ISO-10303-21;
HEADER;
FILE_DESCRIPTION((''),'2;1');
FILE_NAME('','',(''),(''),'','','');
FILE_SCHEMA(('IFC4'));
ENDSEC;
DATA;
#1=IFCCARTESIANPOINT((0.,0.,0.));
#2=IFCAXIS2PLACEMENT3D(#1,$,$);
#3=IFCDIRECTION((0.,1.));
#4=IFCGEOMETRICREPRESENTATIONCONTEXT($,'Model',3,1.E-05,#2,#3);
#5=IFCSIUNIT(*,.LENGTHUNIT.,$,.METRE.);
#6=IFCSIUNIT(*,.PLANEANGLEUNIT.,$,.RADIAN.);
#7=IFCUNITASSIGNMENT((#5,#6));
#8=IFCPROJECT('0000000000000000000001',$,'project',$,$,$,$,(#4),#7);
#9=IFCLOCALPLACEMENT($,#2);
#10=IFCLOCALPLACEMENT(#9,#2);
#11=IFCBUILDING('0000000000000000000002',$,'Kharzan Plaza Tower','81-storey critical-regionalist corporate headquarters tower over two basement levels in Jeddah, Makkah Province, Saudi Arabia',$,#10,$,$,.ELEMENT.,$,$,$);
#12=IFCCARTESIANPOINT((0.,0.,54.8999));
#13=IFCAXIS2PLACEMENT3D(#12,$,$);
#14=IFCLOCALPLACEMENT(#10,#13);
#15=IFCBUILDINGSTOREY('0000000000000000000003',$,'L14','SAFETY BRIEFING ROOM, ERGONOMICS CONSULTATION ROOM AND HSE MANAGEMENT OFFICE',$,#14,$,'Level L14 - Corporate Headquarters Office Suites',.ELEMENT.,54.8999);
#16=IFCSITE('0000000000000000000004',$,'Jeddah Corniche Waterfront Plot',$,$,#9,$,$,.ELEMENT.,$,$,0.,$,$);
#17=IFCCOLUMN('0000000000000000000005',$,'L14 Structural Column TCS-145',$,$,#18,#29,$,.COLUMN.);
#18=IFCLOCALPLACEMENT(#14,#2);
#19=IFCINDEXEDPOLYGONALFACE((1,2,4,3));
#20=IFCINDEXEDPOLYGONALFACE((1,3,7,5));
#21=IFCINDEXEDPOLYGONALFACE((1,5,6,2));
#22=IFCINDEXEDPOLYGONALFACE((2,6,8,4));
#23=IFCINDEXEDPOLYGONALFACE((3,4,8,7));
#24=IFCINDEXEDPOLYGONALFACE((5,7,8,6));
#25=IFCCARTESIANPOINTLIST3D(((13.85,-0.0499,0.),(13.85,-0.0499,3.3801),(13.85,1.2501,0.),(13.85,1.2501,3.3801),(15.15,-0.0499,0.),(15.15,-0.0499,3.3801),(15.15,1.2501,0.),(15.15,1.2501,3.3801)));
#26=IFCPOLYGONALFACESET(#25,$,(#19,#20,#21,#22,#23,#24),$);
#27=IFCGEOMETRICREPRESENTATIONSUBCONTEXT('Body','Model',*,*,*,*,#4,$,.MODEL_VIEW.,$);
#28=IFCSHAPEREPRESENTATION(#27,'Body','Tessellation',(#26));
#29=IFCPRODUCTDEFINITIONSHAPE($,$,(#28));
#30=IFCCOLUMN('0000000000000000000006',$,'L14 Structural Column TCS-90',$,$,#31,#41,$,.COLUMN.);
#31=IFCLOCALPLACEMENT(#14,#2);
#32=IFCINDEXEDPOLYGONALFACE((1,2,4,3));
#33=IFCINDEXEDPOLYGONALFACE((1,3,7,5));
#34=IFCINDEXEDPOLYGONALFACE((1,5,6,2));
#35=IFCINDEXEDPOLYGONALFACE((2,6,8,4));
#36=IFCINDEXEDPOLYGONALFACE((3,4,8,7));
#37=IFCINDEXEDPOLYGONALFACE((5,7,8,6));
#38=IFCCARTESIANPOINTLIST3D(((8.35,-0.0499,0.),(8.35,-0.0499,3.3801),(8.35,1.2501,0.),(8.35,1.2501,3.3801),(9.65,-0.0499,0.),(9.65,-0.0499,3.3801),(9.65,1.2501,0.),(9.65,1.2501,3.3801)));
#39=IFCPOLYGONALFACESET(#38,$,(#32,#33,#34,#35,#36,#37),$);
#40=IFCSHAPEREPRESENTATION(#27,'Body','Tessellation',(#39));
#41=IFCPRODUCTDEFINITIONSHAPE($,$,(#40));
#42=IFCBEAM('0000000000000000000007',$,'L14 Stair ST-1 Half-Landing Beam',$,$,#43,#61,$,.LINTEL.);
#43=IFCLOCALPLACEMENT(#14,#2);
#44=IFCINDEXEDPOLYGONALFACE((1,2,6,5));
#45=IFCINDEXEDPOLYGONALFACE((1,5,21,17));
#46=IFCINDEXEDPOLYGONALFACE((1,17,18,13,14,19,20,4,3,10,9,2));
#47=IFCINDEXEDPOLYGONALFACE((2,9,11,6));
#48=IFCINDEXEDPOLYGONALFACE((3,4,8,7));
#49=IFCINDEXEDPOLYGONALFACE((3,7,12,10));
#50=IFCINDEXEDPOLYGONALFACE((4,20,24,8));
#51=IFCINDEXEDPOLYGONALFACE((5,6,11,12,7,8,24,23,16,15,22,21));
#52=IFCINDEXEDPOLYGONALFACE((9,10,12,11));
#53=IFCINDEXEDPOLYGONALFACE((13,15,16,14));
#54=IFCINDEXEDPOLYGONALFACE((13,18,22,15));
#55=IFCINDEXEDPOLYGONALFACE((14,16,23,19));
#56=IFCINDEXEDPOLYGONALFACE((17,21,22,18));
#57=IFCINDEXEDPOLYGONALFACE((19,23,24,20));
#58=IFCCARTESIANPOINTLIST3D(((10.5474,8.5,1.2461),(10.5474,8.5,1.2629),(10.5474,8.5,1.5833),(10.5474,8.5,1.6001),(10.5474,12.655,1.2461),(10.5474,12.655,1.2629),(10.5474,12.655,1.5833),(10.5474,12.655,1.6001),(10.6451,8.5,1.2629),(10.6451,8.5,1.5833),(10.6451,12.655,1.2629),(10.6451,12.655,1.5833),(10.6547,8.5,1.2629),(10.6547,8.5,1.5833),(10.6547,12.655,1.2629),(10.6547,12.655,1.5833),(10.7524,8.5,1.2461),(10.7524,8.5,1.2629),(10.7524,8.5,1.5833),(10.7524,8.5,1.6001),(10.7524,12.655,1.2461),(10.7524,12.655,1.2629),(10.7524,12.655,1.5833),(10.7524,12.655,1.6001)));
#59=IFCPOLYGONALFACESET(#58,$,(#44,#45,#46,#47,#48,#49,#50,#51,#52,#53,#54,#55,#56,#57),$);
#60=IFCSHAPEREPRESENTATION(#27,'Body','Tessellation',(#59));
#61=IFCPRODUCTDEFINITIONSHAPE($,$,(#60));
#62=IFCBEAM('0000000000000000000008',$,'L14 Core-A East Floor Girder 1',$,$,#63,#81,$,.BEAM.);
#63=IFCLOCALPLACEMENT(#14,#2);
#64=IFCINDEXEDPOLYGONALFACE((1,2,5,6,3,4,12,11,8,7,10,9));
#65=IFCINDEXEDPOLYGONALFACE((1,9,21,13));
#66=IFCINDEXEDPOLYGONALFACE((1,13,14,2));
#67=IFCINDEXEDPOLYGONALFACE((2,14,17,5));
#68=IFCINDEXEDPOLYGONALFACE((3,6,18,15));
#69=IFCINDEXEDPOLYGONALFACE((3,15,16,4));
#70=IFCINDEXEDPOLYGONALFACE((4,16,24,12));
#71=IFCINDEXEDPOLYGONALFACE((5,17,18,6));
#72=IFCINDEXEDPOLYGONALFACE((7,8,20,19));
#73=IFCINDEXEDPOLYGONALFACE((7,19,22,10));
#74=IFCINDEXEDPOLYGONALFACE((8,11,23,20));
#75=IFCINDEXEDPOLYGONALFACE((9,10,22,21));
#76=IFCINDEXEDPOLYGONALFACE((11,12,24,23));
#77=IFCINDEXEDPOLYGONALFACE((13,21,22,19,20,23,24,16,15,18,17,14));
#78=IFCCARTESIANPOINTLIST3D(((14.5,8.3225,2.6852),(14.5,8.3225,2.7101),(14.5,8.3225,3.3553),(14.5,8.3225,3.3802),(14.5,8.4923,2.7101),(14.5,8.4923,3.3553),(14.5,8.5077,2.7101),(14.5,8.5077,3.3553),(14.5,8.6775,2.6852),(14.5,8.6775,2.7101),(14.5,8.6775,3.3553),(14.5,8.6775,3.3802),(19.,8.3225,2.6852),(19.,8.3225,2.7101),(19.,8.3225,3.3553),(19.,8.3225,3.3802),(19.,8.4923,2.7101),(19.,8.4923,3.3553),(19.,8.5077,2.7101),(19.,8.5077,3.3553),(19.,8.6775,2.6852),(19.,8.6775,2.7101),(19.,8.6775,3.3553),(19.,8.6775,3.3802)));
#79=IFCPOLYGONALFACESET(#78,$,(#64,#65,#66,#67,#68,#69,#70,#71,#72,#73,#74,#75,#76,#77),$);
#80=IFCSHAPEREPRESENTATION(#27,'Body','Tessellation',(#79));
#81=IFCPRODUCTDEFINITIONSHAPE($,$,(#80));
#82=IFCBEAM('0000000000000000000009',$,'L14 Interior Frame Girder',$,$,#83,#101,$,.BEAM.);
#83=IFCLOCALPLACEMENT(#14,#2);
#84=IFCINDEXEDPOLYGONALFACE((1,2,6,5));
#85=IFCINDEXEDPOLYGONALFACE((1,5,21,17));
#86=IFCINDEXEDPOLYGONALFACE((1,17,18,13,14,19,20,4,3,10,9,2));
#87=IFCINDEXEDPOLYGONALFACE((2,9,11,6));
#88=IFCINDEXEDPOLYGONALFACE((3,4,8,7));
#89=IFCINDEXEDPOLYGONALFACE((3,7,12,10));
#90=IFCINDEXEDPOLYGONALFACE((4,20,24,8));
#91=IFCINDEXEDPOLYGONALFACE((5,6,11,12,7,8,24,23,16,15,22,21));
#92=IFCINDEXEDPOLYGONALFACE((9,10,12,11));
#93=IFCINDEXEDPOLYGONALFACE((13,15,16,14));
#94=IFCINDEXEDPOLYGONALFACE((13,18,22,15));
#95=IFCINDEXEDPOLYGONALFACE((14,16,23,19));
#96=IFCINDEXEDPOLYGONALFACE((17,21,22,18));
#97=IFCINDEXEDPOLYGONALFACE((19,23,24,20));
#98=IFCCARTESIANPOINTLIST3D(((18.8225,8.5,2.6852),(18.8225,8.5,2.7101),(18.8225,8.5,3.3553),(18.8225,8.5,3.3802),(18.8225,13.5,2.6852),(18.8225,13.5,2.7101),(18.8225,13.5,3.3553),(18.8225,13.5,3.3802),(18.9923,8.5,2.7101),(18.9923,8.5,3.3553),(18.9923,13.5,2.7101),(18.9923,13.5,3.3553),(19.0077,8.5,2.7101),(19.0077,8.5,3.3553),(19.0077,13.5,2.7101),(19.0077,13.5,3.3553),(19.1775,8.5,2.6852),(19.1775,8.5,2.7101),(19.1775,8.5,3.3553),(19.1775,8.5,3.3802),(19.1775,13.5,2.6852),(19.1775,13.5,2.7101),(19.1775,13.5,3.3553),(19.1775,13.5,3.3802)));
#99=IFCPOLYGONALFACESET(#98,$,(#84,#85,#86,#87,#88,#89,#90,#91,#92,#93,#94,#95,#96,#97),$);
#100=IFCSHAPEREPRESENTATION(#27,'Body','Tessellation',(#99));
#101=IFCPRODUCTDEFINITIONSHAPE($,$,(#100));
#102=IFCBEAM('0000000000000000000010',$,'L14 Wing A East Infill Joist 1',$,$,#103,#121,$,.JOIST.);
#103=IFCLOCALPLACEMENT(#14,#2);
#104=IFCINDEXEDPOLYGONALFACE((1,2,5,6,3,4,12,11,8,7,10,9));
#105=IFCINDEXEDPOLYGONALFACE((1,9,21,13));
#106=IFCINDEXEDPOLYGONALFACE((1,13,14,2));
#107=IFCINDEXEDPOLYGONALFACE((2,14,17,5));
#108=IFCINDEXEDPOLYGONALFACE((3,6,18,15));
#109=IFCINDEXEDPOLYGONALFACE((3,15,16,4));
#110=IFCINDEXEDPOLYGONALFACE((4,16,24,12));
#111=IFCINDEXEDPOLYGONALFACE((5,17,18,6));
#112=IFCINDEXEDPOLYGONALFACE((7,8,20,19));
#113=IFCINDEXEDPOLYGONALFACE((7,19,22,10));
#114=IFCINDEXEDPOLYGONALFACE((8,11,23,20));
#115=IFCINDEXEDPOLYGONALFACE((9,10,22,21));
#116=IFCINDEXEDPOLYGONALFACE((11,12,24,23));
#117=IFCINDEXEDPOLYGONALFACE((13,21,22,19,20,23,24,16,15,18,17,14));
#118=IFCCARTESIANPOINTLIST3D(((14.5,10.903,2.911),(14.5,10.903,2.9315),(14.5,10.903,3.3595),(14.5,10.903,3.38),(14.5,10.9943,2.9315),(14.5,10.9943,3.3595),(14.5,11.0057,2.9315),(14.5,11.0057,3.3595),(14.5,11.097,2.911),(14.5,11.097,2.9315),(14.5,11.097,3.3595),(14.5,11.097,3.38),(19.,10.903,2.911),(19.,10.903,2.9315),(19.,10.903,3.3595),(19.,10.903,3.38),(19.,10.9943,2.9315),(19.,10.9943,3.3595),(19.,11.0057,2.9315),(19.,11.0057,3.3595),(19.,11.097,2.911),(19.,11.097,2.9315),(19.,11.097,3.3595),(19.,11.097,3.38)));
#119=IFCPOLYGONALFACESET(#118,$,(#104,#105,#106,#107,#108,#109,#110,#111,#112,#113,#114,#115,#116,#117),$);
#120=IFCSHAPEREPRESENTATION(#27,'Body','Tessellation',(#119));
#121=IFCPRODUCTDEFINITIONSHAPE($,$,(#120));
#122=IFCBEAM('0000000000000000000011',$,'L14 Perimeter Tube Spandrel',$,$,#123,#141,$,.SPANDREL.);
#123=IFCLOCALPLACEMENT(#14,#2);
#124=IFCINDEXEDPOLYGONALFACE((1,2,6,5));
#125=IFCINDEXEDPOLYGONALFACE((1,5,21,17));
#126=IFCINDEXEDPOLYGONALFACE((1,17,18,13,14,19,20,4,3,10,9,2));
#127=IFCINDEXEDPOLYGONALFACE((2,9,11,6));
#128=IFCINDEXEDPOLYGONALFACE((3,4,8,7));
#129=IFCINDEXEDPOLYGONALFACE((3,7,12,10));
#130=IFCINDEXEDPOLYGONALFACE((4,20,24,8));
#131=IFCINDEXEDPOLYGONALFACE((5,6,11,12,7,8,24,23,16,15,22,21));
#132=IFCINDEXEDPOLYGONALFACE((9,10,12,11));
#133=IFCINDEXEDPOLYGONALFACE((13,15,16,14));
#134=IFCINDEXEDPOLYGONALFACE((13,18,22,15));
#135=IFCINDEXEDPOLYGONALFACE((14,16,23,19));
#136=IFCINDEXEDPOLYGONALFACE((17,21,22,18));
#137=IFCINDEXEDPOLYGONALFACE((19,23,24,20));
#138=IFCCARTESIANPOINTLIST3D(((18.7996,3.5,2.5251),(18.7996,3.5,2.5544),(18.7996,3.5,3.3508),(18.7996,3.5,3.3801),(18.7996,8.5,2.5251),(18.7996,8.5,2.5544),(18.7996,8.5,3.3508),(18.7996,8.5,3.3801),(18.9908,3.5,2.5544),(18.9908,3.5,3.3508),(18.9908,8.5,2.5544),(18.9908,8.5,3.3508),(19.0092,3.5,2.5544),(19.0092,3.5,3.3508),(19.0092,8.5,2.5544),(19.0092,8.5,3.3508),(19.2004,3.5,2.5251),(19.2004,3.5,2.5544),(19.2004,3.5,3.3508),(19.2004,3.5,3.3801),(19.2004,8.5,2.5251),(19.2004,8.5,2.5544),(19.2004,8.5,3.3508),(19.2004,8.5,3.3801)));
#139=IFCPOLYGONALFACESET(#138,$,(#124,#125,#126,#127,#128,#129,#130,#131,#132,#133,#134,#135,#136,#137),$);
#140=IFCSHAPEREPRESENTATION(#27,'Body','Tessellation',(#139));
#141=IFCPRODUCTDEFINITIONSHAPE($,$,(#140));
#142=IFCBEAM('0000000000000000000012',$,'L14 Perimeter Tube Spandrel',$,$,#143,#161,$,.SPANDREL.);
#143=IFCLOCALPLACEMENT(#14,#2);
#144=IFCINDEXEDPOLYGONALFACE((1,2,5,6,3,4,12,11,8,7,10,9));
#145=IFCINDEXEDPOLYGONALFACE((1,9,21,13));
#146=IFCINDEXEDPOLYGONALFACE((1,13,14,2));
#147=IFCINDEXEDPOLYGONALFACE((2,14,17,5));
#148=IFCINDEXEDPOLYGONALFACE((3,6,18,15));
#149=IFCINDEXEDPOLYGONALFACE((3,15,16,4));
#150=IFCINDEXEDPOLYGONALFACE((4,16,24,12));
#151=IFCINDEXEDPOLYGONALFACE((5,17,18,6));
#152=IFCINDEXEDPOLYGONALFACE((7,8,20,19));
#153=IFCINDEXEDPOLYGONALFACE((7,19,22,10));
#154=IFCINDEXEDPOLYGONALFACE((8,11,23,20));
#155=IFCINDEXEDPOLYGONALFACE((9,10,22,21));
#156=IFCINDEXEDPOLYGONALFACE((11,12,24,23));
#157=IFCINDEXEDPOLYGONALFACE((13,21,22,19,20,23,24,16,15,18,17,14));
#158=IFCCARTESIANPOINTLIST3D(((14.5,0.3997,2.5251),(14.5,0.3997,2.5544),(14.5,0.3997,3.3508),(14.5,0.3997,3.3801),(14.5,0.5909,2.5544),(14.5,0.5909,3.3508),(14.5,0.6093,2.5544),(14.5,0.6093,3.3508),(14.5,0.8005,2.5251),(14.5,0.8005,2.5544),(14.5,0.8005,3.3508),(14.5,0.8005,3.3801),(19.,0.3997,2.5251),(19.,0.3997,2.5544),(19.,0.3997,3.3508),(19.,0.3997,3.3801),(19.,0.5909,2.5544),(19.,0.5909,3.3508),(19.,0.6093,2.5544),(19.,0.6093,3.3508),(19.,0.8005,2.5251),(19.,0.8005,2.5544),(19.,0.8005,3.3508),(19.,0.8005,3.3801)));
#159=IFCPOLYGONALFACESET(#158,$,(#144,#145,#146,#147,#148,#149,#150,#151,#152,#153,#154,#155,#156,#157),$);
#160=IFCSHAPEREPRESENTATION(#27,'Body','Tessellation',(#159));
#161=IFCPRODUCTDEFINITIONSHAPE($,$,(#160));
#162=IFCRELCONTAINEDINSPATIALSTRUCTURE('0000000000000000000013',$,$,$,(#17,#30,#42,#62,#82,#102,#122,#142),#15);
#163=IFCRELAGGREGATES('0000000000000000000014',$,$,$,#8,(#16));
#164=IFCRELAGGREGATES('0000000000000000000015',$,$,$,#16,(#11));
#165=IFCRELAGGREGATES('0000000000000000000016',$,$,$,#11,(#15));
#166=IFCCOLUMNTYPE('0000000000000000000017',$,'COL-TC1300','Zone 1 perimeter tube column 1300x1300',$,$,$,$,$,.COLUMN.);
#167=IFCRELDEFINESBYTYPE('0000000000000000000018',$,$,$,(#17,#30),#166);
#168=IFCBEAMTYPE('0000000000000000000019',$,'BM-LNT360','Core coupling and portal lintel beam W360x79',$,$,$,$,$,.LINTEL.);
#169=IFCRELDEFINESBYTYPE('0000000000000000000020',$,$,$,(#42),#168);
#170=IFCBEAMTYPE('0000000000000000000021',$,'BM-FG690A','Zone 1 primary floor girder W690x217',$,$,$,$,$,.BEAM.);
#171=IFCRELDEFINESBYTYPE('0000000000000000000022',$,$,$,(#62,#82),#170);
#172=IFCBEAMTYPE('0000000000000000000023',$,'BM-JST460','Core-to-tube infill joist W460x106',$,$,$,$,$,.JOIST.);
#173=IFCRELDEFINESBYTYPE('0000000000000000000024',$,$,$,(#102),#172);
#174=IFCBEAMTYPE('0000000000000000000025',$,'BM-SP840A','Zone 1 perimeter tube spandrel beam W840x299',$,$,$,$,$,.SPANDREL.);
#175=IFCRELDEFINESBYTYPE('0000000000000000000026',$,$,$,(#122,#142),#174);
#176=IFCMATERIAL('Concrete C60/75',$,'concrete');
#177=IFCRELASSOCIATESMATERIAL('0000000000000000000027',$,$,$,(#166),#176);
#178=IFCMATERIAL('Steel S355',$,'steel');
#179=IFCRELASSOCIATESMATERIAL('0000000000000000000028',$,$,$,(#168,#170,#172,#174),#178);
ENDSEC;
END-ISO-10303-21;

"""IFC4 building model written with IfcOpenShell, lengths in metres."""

from ifc_helpers import new_model, si_unit, direction, frame, origin, origin_2d, place, context, subcontext, project, spatial, rectangle, i_section, extrude, source, transform, mapped, material, material_profile, profile_set, type_object, element, save


model = new_model("IFC4")

# Units and contexts
model_context = context("Model", 3, precision=1e-05, world=origin(), true_north=direction((0.0, 1.0)))
body_context = subcontext(model_context, "Body", "Model", "MODEL_VIEW")
ifc_project = project(units=[si_unit("LENGTHUNIT", "METRE"), si_unit("PLANEANGLEUNIT", "RADIAN")], contexts=[model_context])

# Site, building, storey
site_placement = place(None, origin())
site = spatial("IfcSite", under=ifc_project, at=site_placement, Name="Jeddah Corniche Waterfront Plot", CompositionType="ELEMENT", RefElevation=0.0)
building_placement = place(site_placement, origin())
building = spatial("IfcBuilding", under=site, at=building_placement, Name="Kharzan Plaza Tower", Description="81-storey critical-regionalist corporate headquarters tower over two basement levels in Jeddah, Makkah Province, Saudi Arabia", CompositionType="ELEMENT")
storey_placement = place(building_placement, frame((0.0, 0.0, 54.8999)))
storey = spatial("IfcBuildingStorey", under=building, at=storey_placement, Name="L14", Description="SAFETY BRIEFING ROOM, ERGONOMICS CONSULTATION ROOM AND HSE MANAGEMENT OFFICE", LongName="Level L14 - Corporate Headquarters Office Suites", CompositionType="ELEMENT", Elevation=54.8999)

# Columns
ifc_material_1 = material(Name="Concrete C60/75", Category="concrete")
ifc_material_profile_1 = material_profile(ifc_material_1, rectangle(XDim=1.3, YDim=1.3, at=origin_2d()), Name="RC-TC1300x1300")
ifc_profile_set_1 = profile_set([ifc_material_profile_1], Name="Concrete C60/75")
column_type = type_object("IfcColumnType", Name="COL-TC1300", Description="Zone 1 perimeter tube column 1300x1300", PredefinedType="COLUMN", material=ifc_profile_set_1)
shared_shape_1 = source(origin(), body_context, "Body", "SweptSolid", [
    extrude(rectangle(XDim=1.3, YDim=1.3, at=origin_2d()), origin(), (0.0, 0.0, 1.0), 3.3801),
])
for number, where, z_axis, x_axis, name in (
    (1, (14.5, 0.6001, 0.0), (0.0, 0.0, 1.0), (1.0, 0.0, 0.0), "L14 Structural Column TCS-145"),
    (2, (9.0, 0.6001, 0.0), (0.0, 0.0, 1.0), (1.0, 0.0, 0.0), "L14 Structural Column TCS-90"),
):
    element("IfcColumn", number, at=place(storey_placement, frame(where, z_axis=z_axis, x_axis=x_axis)), inside=storey, type_object=column_type, Name=name, PredefinedType="COLUMN", context=body_context, shape_type="MappedRepresentation", body=[
        mapped(shared_shape_1, transform((0.0, 0.0, 0.0), x_axis=(1.0, 0.0, 0.0), y_axis=(0.0, 1.0, 0.0), z_axis=(0.0, 0.0, 1.0))),
    ])

# Beams
ifc_material_2 = material(Name="Steel S355", Category="steel")
ifc_material_profile_2 = material_profile(ifc_material_2, i_section(OverallWidth=0.2051, OverallDepth=0.354, WebThickness=0.0095, FlangeThickness=0.0168, at=origin_2d()), Name="W360x79")
ifc_profile_set_2 = profile_set([ifc_material_profile_2], Name="Steel S355")
beam_type_1 = type_object("IfcBeamType", Name="BM-LNT360", Description="Core coupling and portal lintel beam W360x79", PredefinedType="LINTEL", material=ifc_profile_set_2)
shared_shape_2 = source(origin(), body_context, "Body", "SweptSolid", [
    extrude(i_section(OverallWidth=0.2051, OverallDepth=0.354, WebThickness=0.0095, FlangeThickness=0.0168, at=origin_2d()), origin(), (0.0, 0.0, 1.0), 4.155),
])
beam_1_placement = place(storey_placement, frame((10.6499, 8.5, 1.4231), z_axis=(0.0, 1.0, 0.0), x_axis=(-1.0, 0.0, 0.0)))
element("IfcBeam", 3, at=beam_1_placement, inside=storey, type_object=beam_type_1, Name="L14 Stair ST-1 Half-Landing Beam", PredefinedType="LINTEL", context=body_context, shape_type="MappedRepresentation", body=[
    mapped(shared_shape_2, transform((0.0, 0.0, 0.0), x_axis=(1.0, 0.0, 0.0), y_axis=(0.0, 1.0, 0.0), z_axis=(0.0, 0.0, 1.0))),
])
ifc_material_profile_3 = material_profile(ifc_material_2, i_section(OverallWidth=0.355, OverallDepth=0.6951, WebThickness=0.0154, FlangeThickness=0.0249, at=origin_2d()), Name="W690x217")
ifc_profile_set_3 = profile_set([ifc_material_profile_3], Name="Steel S355")
beam_type_2 = type_object("IfcBeamType", Name="BM-FG690A", Description="Zone 1 primary floor girder W690x217", PredefinedType="BEAM", material=ifc_profile_set_3)
shared_shape_3 = source(origin(), body_context, "Body", "SweptSolid", [
    extrude(i_section(OverallWidth=0.355, OverallDepth=0.6951, WebThickness=0.0154, FlangeThickness=0.0249, at=origin_2d()), origin(), (0.0, 0.0, 1.0), 4.5),
])
beam_2_placement = place(storey_placement, frame((14.5, 8.5, 3.0327), z_axis=(1.0, 0.0, 0.0), x_axis=(0.0, 1.0, 0.0)))
element("IfcBeam", 4, at=beam_2_placement, inside=storey, type_object=beam_type_2, Name="L14 Core-A East Floor Girder 1", PredefinedType="BEAM", context=body_context, shape_type="MappedRepresentation", body=[
    mapped(shared_shape_3, transform((0.0, 0.0, 0.0), x_axis=(1.0, 0.0, 0.0), y_axis=(0.0, 1.0, 0.0), z_axis=(0.0, 0.0, 1.0))),
])
shared_shape_4 = source(origin(), body_context, "Body", "SweptSolid", [
    extrude(i_section(OverallWidth=0.355, OverallDepth=0.6951, WebThickness=0.0154, FlangeThickness=0.0249, at=origin_2d()), origin(), (0.0, 0.0, 1.0), 5.0),
])
beam_3_placement = place(storey_placement, frame((19.0, 8.5, 3.0327), z_axis=(0.0, 1.0, 0.0), x_axis=(-1.0, 0.0, 0.0)))
element("IfcBeam", 5, at=beam_3_placement, inside=storey, type_object=beam_type_2, Name="L14 Interior Frame Girder", PredefinedType="BEAM", context=body_context, shape_type="MappedRepresentation", body=[
    mapped(shared_shape_4, transform((0.0, 0.0, 0.0), x_axis=(1.0, 0.0, 0.0), y_axis=(0.0, 1.0, 0.0), z_axis=(0.0, 0.0, 1.0))),
])
ifc_material_profile_4 = material_profile(ifc_material_2, i_section(OverallWidth=0.1941, OverallDepth=0.469, WebThickness=0.0115, FlangeThickness=0.0205, at=origin_2d()), Name="W460x106")
ifc_profile_set_4 = profile_set([ifc_material_profile_4], Name="Steel S355")
beam_type_3 = type_object("IfcBeamType", Name="BM-JST460", Description="Core-to-tube infill joist W460x106", PredefinedType="JOIST", material=ifc_profile_set_4)
shared_shape_5 = source(origin(), body_context, "Body", "SweptSolid", [
    extrude(i_section(OverallWidth=0.1941, OverallDepth=0.469, WebThickness=0.0115, FlangeThickness=0.0205, at=origin_2d()), origin(), (0.0, 0.0, 1.0), 4.5),
])
beam_4_placement = place(storey_placement, frame((14.5, 11.0, 3.1455), z_axis=(1.0, 0.0, 0.0), x_axis=(0.0, 1.0, 0.0)))
element("IfcBeam", 6, at=beam_4_placement, inside=storey, type_object=beam_type_3, Name="L14 Wing A East Infill Joist 1", PredefinedType="JOIST", context=body_context, shape_type="MappedRepresentation", body=[
    mapped(shared_shape_5, transform((0.0, 0.0, 0.0), x_axis=(1.0, 0.0, 0.0), y_axis=(0.0, 1.0, 0.0), z_axis=(0.0, 0.0, 1.0))),
])
ifc_material_profile_5 = material_profile(ifc_material_2, i_section(OverallWidth=0.4009, OverallDepth=0.855, WebThickness=0.0183, FlangeThickness=0.0293, at=origin_2d()), Name="W840x299")
ifc_profile_set_5 = profile_set([ifc_material_profile_5], Name="Steel S355")
beam_type_4 = type_object("IfcBeamType", Name="BM-SP840A", Description="Zone 1 perimeter tube spandrel beam W840x299", PredefinedType="SPANDREL", material=ifc_profile_set_5)
shared_shape_6 = source(origin(), body_context, "Body", "SweptSolid", [
    extrude(i_section(OverallWidth=0.4009, OverallDepth=0.855, WebThickness=0.0183, FlangeThickness=0.0293, at=origin_2d()), origin(), (0.0, 0.0, 1.0), 5.0),
])
beam_5_placement = place(storey_placement, frame((19.0, 3.5, 2.9526), z_axis=(0.0, 1.0, 0.0), x_axis=(-1.0, 0.0, 0.0)))
element("IfcBeam", 7, at=beam_5_placement, inside=storey, type_object=beam_type_4, Name="L14 Perimeter Tube Spandrel", PredefinedType="SPANDREL", context=body_context, shape_type="MappedRepresentation", body=[
    mapped(shared_shape_6, transform((0.0, 0.0, 0.0), x_axis=(1.0, 0.0, 0.0), y_axis=(0.0, 1.0, 0.0), z_axis=(0.0, 0.0, 1.0))),
])
shared_shape_7 = source(origin(), body_context, "Body", "SweptSolid", [
    extrude(i_section(OverallWidth=0.4009, OverallDepth=0.855, WebThickness=0.0183, FlangeThickness=0.0293, at=origin_2d()), origin(), (0.0, 0.0, 1.0), 4.5),
])
beam_6_placement = place(storey_placement, frame((14.5, 0.6001, 2.9526), z_axis=(1.0, 0.0, 0.0), x_axis=(0.0, 1.0, 0.0)))
element("IfcBeam", 8, at=beam_6_placement, inside=storey, type_object=beam_type_4, Name="L14 Perimeter Tube Spandrel", PredefinedType="SPANDREL", context=body_context, shape_type="MappedRepresentation", body=[
    mapped(shared_shape_7, transform((0.0, 0.0, 0.0), x_axis=(1.0, 0.0, 0.0), y_axis=(0.0, 1.0, 0.0), z_axis=(0.0, 0.0, 1.0))),
])

save(model, "model.ifc")
